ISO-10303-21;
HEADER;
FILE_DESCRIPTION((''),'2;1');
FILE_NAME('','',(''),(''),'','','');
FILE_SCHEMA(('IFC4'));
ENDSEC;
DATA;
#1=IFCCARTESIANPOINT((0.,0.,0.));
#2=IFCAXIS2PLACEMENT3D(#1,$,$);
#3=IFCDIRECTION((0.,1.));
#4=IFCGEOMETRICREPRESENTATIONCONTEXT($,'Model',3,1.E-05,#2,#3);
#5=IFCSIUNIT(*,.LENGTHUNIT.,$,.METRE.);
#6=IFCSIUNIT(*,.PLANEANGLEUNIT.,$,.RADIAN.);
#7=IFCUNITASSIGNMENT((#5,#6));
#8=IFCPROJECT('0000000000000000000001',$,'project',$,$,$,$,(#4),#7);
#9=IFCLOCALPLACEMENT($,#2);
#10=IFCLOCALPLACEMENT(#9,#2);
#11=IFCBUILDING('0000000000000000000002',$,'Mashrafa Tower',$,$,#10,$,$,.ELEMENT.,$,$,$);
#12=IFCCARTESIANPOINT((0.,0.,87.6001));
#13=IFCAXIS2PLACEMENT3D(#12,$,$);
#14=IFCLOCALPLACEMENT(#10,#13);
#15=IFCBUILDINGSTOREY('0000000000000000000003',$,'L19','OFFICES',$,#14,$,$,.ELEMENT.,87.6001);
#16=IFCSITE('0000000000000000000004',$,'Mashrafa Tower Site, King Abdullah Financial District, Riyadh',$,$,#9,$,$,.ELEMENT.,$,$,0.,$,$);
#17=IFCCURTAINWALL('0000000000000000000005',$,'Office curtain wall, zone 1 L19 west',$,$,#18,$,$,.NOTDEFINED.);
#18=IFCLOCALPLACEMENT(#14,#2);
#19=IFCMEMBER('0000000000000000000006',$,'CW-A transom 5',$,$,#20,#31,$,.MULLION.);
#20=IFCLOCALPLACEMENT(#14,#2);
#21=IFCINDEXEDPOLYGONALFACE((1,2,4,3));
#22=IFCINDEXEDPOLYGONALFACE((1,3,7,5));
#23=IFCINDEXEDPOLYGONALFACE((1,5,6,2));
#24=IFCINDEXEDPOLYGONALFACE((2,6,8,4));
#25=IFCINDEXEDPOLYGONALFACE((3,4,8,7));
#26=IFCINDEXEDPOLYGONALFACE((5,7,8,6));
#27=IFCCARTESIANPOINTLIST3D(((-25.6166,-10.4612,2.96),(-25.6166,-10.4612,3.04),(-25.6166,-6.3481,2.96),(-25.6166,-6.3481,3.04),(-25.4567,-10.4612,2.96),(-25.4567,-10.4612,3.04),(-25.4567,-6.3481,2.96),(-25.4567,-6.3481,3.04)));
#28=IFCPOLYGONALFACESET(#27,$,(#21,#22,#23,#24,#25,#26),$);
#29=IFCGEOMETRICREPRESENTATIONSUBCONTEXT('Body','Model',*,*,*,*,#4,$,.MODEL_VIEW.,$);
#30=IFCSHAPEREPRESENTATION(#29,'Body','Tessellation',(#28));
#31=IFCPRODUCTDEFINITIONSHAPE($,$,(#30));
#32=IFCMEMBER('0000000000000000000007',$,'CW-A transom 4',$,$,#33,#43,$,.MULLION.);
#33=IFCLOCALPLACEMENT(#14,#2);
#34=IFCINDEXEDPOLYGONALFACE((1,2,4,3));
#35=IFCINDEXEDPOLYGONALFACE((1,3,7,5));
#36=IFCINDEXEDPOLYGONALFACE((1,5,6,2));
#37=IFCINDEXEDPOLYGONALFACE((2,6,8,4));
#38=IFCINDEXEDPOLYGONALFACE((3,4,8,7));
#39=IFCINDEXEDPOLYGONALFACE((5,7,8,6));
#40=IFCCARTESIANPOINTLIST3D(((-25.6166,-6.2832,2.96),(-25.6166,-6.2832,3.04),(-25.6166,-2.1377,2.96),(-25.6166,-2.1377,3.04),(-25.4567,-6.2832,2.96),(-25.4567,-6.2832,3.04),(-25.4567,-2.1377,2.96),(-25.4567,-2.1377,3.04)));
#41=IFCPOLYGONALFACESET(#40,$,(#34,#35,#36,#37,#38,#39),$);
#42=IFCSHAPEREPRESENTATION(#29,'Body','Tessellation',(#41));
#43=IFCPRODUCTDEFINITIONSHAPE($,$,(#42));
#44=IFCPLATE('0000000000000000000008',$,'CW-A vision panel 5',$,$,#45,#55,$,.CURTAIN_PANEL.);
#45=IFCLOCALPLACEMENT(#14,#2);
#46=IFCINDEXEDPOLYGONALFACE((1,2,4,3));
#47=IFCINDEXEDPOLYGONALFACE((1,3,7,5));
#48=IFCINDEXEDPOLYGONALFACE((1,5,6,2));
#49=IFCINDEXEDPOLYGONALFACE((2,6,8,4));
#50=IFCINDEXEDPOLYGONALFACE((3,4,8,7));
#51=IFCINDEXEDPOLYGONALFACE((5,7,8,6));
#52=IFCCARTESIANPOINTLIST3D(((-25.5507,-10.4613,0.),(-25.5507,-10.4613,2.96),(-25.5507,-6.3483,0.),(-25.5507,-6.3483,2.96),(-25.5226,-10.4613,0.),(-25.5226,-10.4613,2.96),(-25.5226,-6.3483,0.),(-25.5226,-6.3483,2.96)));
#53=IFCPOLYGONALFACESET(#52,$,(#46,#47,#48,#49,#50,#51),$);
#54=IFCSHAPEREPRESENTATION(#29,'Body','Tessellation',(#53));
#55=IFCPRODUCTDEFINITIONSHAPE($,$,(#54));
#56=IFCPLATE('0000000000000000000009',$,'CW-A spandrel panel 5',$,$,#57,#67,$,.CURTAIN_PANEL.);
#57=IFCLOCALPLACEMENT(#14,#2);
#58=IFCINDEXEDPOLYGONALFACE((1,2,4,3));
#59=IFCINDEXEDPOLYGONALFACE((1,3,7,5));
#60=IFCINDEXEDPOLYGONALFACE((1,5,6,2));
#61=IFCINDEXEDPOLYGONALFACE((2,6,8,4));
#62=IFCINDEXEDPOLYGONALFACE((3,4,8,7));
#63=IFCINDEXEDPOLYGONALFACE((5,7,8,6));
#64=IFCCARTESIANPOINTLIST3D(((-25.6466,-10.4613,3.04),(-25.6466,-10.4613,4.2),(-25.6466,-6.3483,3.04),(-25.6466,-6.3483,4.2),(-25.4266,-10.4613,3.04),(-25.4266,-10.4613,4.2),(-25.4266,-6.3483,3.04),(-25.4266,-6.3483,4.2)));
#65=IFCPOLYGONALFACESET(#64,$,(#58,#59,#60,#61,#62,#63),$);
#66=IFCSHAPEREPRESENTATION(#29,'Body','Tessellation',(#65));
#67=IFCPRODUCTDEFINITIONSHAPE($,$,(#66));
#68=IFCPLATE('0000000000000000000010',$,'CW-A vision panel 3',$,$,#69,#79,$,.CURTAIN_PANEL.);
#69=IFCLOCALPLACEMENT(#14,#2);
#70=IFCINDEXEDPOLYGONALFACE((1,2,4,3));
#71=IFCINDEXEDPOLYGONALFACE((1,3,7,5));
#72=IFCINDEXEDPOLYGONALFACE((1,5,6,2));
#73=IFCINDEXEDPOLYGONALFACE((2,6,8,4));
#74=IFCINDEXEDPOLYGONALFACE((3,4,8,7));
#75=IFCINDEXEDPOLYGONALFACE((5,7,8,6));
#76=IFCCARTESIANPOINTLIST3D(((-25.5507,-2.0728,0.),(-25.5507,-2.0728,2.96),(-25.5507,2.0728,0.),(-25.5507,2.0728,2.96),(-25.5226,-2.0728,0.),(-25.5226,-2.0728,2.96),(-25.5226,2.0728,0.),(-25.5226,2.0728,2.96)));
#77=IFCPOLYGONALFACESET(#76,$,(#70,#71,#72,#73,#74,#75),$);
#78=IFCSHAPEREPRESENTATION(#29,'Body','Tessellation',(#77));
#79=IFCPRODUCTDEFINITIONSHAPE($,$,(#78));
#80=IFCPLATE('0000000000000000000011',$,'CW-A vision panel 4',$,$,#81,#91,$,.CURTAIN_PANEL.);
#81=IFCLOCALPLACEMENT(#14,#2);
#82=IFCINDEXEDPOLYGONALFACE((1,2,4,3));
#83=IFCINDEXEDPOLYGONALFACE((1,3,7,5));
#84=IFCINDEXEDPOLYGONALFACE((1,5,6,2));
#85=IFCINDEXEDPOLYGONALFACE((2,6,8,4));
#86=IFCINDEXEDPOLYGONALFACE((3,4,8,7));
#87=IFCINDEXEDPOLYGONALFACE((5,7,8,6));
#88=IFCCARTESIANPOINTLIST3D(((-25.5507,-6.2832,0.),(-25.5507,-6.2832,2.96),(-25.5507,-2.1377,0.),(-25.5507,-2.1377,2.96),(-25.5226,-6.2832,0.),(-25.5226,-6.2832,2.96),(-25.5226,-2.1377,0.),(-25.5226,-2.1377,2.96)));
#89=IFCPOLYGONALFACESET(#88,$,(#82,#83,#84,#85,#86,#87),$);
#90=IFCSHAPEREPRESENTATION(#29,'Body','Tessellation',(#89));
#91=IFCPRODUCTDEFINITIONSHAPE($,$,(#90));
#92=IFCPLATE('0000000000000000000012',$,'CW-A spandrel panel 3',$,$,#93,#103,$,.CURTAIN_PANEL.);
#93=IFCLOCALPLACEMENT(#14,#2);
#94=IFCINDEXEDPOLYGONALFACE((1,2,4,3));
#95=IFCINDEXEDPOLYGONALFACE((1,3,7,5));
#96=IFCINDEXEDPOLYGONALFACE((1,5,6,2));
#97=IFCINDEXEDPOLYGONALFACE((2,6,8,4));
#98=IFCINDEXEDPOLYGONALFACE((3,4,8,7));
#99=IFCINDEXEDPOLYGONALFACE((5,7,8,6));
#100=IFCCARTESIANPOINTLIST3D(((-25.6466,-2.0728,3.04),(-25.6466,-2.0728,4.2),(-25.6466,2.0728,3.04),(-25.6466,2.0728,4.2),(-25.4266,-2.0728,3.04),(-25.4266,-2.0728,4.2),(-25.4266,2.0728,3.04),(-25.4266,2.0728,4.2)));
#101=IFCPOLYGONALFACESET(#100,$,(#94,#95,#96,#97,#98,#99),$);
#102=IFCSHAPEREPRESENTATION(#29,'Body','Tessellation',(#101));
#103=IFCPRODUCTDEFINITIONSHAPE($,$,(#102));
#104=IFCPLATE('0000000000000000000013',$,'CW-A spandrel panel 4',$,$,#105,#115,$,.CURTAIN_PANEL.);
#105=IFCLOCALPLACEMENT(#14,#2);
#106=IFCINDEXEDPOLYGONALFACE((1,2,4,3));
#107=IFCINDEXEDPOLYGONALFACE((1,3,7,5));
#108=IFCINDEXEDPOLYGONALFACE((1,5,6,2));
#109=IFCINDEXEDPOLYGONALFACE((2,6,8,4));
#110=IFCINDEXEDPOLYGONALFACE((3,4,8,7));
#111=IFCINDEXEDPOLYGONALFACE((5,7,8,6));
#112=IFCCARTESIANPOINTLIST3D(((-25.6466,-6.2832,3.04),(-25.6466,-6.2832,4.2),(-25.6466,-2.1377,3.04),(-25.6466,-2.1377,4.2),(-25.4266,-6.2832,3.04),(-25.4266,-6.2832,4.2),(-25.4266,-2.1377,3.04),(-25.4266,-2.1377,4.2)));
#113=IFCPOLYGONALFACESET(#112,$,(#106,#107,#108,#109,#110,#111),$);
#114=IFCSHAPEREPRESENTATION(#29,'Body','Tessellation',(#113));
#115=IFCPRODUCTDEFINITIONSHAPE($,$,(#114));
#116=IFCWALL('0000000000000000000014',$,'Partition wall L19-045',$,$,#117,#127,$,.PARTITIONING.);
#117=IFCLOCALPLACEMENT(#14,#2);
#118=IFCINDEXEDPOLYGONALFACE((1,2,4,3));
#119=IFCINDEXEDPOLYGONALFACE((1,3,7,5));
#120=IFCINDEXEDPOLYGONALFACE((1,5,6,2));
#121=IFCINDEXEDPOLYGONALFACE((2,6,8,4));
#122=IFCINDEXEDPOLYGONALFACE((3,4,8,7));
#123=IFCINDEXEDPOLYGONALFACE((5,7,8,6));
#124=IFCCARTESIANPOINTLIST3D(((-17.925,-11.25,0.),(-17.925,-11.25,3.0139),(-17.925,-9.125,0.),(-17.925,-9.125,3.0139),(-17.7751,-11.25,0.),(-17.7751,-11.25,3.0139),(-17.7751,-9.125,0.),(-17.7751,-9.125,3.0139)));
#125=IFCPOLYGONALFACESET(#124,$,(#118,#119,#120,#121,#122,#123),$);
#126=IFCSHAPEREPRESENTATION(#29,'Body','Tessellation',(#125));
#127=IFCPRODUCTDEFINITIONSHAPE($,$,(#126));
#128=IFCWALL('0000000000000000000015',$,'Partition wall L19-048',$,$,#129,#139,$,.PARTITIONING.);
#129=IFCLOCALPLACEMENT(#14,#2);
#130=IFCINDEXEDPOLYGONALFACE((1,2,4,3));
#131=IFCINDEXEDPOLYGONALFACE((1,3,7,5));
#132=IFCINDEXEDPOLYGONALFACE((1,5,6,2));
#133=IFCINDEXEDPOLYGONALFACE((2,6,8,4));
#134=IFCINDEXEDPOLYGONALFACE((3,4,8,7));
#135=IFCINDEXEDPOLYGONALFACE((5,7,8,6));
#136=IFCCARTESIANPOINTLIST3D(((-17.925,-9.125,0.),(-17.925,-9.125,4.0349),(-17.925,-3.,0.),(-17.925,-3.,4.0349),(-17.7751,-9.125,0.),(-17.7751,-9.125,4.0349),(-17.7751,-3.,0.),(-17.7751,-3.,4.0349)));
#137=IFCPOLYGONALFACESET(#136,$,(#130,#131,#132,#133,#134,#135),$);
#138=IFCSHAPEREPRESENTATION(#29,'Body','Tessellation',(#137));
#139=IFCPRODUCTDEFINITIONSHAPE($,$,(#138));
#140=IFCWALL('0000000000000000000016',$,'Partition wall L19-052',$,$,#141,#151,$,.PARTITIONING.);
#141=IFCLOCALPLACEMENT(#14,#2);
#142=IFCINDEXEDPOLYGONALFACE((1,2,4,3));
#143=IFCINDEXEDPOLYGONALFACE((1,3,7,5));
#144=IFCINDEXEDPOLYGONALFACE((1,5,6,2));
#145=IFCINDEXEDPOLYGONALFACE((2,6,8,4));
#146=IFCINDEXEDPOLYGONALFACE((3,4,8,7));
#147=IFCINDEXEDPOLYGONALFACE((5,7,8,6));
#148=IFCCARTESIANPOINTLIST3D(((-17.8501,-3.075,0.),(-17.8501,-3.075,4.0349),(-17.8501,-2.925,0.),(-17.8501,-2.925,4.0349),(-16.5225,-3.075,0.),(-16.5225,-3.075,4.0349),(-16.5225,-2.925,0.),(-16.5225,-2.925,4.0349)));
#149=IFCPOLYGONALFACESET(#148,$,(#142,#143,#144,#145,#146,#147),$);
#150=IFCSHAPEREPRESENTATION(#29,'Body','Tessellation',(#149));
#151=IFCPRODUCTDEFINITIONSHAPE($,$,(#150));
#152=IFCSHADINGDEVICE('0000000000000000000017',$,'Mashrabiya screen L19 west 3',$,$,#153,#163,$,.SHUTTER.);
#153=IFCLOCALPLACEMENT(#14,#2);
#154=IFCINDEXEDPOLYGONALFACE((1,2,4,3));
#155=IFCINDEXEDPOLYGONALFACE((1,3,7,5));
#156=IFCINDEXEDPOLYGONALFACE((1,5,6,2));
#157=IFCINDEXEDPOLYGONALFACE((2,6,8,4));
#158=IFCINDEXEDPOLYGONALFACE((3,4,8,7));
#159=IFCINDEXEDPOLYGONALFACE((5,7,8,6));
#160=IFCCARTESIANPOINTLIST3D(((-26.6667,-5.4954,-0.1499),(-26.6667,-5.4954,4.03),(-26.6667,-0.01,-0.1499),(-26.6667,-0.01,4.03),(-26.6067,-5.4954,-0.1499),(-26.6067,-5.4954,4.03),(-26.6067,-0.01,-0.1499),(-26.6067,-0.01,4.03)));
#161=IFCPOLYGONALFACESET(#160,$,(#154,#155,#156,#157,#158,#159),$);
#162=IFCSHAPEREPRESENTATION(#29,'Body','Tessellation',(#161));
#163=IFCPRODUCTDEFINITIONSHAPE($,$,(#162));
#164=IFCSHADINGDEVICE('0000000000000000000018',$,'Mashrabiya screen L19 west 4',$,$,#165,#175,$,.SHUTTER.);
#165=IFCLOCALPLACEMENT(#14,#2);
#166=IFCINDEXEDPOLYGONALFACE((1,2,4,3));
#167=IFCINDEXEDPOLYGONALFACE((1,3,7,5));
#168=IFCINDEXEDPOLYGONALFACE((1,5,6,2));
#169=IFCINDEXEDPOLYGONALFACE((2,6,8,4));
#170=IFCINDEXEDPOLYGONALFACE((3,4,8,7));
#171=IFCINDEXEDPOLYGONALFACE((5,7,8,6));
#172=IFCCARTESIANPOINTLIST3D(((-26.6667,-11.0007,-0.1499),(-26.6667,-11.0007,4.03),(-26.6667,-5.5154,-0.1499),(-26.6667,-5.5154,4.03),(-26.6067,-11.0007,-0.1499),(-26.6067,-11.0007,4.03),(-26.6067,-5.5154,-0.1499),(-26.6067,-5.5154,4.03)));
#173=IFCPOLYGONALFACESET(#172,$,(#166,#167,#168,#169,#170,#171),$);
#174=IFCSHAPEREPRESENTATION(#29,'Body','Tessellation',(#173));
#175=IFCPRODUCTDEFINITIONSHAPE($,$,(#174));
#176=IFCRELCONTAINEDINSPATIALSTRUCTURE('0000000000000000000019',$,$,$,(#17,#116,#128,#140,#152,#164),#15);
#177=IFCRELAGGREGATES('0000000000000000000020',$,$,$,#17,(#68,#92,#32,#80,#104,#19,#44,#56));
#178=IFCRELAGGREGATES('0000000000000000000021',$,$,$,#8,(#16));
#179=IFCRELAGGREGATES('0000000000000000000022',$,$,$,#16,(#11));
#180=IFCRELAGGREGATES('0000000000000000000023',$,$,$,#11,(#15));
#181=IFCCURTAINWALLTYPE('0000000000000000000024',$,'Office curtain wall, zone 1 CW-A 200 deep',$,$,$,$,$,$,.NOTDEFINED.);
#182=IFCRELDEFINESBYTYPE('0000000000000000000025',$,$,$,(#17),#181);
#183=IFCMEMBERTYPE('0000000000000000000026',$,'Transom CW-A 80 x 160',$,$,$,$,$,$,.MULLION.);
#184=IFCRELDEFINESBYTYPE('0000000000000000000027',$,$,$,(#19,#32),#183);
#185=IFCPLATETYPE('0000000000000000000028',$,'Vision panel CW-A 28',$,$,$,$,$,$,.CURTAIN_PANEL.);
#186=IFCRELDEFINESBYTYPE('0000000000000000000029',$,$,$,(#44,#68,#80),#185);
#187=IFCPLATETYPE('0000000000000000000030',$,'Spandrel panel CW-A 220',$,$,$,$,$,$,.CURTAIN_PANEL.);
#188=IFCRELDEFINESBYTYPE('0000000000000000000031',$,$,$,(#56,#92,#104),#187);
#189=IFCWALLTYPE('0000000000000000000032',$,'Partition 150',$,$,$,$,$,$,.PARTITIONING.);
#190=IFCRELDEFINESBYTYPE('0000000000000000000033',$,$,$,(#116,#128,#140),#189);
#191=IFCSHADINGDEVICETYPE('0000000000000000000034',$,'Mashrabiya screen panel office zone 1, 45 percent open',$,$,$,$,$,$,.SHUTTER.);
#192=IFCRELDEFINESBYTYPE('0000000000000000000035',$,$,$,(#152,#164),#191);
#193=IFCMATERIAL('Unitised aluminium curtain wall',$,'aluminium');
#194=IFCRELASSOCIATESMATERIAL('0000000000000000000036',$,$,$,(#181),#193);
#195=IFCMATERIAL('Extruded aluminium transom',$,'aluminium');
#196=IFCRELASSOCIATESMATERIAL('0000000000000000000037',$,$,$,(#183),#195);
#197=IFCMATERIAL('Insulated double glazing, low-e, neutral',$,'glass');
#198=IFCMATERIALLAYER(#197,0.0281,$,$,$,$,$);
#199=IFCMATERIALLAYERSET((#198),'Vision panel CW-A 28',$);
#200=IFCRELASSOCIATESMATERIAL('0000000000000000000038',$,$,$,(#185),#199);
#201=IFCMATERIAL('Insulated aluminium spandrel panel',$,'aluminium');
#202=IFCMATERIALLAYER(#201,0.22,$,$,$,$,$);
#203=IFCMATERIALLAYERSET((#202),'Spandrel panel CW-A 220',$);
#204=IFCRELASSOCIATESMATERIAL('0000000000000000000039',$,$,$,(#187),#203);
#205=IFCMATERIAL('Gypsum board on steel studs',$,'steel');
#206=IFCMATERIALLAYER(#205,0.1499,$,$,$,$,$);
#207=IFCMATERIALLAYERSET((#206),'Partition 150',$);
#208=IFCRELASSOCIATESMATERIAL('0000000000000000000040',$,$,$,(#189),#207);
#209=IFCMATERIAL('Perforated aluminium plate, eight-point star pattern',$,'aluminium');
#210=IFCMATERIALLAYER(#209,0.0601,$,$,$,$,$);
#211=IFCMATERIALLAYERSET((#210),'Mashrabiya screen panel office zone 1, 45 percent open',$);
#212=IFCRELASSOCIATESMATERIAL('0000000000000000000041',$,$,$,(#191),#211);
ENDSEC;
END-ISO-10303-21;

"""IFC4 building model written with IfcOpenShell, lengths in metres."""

from ifc_helpers import new_model, si_unit, direction, frame, frame_2d, origin, origin_2d, place, context, subcontext, project, spatial, rectangle, extrude, source, transform, mapped, material, layer, layer_set, material_profile, profile_set, type_object, type_shapes, element, aggregate, save


model = new_model("IFC4")

# Units and contexts
model_context = context("Model", 3, precision=1e-05, world=origin(), true_north=direction((0.0, 1.0)))
body_context = subcontext(model_context, "Body", "Model", "MODEL_VIEW")
ifc_project = project(units=[si_unit("LENGTHUNIT", "METRE"), si_unit("PLANEANGLEUNIT", "RADIAN")], contexts=[model_context])

# Site, building, storey
site_placement = place(None, origin())
site = spatial("IfcSite", under=ifc_project, at=site_placement, Name="Mashrafa Tower Site, King Abdullah Financial District, Riyadh", CompositionType="ELEMENT", RefElevation=0.0)
building_placement = place(site_placement, origin())
building = spatial("IfcBuilding", under=site, at=building_placement, Name="Mashrafa Tower", CompositionType="ELEMENT")
storey_placement = place(building_placement, frame((0.0, 0.0, 87.6001)))
storey = spatial("IfcBuildingStorey", under=building, at=storey_placement, Name="L19", Description="OFFICES", CompositionType="ELEMENT", Elevation=87.6001)

# Curtain wall, members, plates
ifc_material_1 = material(Name="Unitised aluminium curtain wall", Category="aluminium")
curtain_wall_type = type_object("IfcCurtainWallType", Name="Office curtain wall, zone 1 CW-A 200 deep", PredefinedType="NOTDEFINED", material=ifc_material_1)
curtain_wall_placement = place(storey_placement, origin())
curtain_wall = element("IfcCurtainWall", 1, at=curtain_wall_placement, inside=storey, type_object=curtain_wall_type, Name="Office curtain wall, zone 1 L19 west", PredefinedType="NOTDEFINED")
ifc_material_2 = material(Name="Extruded aluminium transom", Category="aluminium")
ifc_material_profile_1 = material_profile(ifc_material_2, rectangle(XDim=0.1599, YDim=0.0801, at=origin_2d()), Name="Transom 80x160")
ifc_profile_set_1 = profile_set([ifc_material_profile_1], Name="Extruded aluminium transom")
member_type_1 = type_object("IfcMemberType", Name="Transom CW-A 80 x 160", PredefinedType="MULLION", material=ifc_profile_set_1)
shared_shape_1 = source(origin(), body_context, "Body", "SweptSolid", [
    extrude(rectangle(XDim=0.1599, YDim=0.0801, at=origin_2d()), origin(), (0.0, 0.0, 1.0), 4.113),
])
member_1_placement = place(storey_placement, frame((-25.5366, -6.3481, 3.0), z_axis=(0.0, -1.0, 0.0), x_axis=(1.0, 0.0, 0.0)))
member_1 = element("IfcMember", 2, at=member_1_placement, type_object=member_type_1, Name="CW-A transom 5", PredefinedType="MULLION", context=body_context, shape_type="MappedRepresentation", body=[
    mapped(shared_shape_1, transform((0.0, 0.0, 0.0))),
])
shared_shape_2 = source(origin(), body_context, "Body", "SweptSolid", [
    extrude(rectangle(XDim=0.1599, YDim=0.0801, at=origin_2d()), origin(), (0.0, 0.0, 1.0), 4.1455),
])
type_shapes(member_type_1, [shared_shape_1, shared_shape_2])
member_2_placement = place(storey_placement, frame((-25.5366, -2.1377, 3.0), z_axis=(0.0, -1.0, 0.0), x_axis=(1.0, 0.0, 0.0)))
member_2 = element("IfcMember", 3, at=member_2_placement, type_object=member_type_1, Name="CW-A transom 4", PredefinedType="MULLION", context=body_context, shape_type="MappedRepresentation", body=[
    mapped(shared_shape_2, transform((0.0, 0.0, 0.0))),
])
ifc_material_3 = material(Name="Insulated double glazing, low-e, neutral", Category="glass")
ifc_layer_1 = layer(ifc_material_3, 0.0281)
ifc_layer_set_1 = layer_set([ifc_layer_1], Name="Vision panel CW-A 28")
plate_type_1 = type_object("IfcPlateType", Name="Vision panel CW-A 28", PredefinedType="CURTAIN_PANEL", material=ifc_layer_set_1)
shared_shape_3 = source(origin(), body_context, "Body", "SweptSolid", [
    extrude(rectangle(XDim=4.113, YDim=0.0281, at=origin_2d()), origin(), (0.0, 0.0, 1.0), 2.96),
])
plate_1_placement = place(storey_placement, frame((-25.5366, -8.4048, 0.0), z_axis=(0.0, 0.0, 1.0), x_axis=(0.0, -1.0, 0.0)))
plate_1 = element("IfcPlate", 4, at=plate_1_placement, type_object=plate_type_1, Name="CW-A vision panel 5", PredefinedType="CURTAIN_PANEL", context=body_context, shape_type="MappedRepresentation", body=[
    mapped(shared_shape_3, transform((0.0, 0.0, 0.0))),
])
ifc_material_4 = material(Name="Insulated aluminium spandrel panel", Category="aluminium")
ifc_layer_2 = layer(ifc_material_4, 0.22)
ifc_layer_set_2 = layer_set([ifc_layer_2], Name="Spandrel panel CW-A 220")
plate_type_2 = type_object("IfcPlateType", Name="Spandrel panel CW-A 220", PredefinedType="CURTAIN_PANEL", material=ifc_layer_set_2)
shared_shape_4 = source(origin(), body_context, "Body", "SweptSolid", [
    extrude(rectangle(XDim=4.113, YDim=0.22, at=origin_2d()), origin(), (0.0, 0.0, 1.0), 1.1599),
])
plate_2_placement = place(storey_placement, frame((-25.5366, -8.4048, 3.04), z_axis=(0.0, 0.0, 1.0), x_axis=(0.0, -1.0, 0.0)))
plate_2 = element("IfcPlate", 5, at=plate_2_placement, type_object=plate_type_2, Name="CW-A spandrel panel 5", PredefinedType="CURTAIN_PANEL", context=body_context, shape_type="MappedRepresentation", body=[
    mapped(shared_shape_4, transform((0.0, 0.0, 0.0))),
])
shared_shape_5 = source(origin(), body_context, "Body", "SweptSolid", [
    extrude(rectangle(XDim=4.1455, YDim=0.0281, at=origin_2d()), origin(), (0.0, 0.0, 1.0), 2.96),
])
type_shapes(plate_type_1, [shared_shape_3, shared_shape_5])
plate_3_placement = place(storey_placement, frame((-25.5366, 0.0, 0.0), z_axis=(0.0, 0.0, 1.0), x_axis=(0.0, -1.0, 0.0)))
plate_3 = element("IfcPlate", 6, at=plate_3_placement, type_object=plate_type_1, Name="CW-A vision panel 3", PredefinedType="CURTAIN_PANEL", context=body_context, shape_type="MappedRepresentation", body=[
    mapped(shared_shape_5, transform((0.0, 0.0, 0.0))),
])
plate_4_placement = place(storey_placement, frame((-25.5366, -4.2104, 0.0), z_axis=(0.0, 0.0, 1.0), x_axis=(0.0, -1.0, 0.0)))
plate_4 = element("IfcPlate", 7, at=plate_4_placement, type_object=plate_type_1, Name="CW-A vision panel 4", PredefinedType="CURTAIN_PANEL", context=body_context, shape_type="MappedRepresentation", body=[
    mapped(shared_shape_5, transform((0.0, 0.0, 0.0))),
])
shared_shape_6 = source(origin(), body_context, "Body", "SweptSolid", [
    extrude(rectangle(XDim=4.1455, YDim=0.22, at=origin_2d()), origin(), (0.0, 0.0, 1.0), 1.1599),
])
type_shapes(plate_type_2, [shared_shape_4, shared_shape_6])
plate_5_placement = place(storey_placement, frame((-25.5366, 0.0, 3.04), z_axis=(0.0, 0.0, 1.0), x_axis=(0.0, -1.0, 0.0)))
plate_5 = element("IfcPlate", 8, at=plate_5_placement, type_object=plate_type_2, Name="CW-A spandrel panel 3", PredefinedType="CURTAIN_PANEL", context=body_context, shape_type="MappedRepresentation", body=[
    mapped(shared_shape_6, transform((0.0, 0.0, 0.0))),
])
plate_6_placement = place(storey_placement, frame((-25.5366, -4.2104, 3.04), z_axis=(0.0, 0.0, 1.0), x_axis=(0.0, -1.0, 0.0)))
plate_6 = element("IfcPlate", 9, at=plate_6_placement, type_object=plate_type_2, Name="CW-A spandrel panel 4", PredefinedType="CURTAIN_PANEL", context=body_context, shape_type="MappedRepresentation", body=[
    mapped(shared_shape_6, transform((0.0, 0.0, 0.0))),
])
aggregate(curtain_wall, [plate_3, plate_5, member_2, plate_4, plate_6, member_1, plate_1, plate_2])

# Walls
ifc_material_5 = material(Name="Gypsum board on steel studs", Category="steel")
ifc_layer_3 = layer(ifc_material_5, 0.1499)
ifc_layer_set_3 = layer_set([ifc_layer_3], Name="Partition 150")
wall_type = type_object("IfcWallType", Name="Partition 150", PredefinedType="PARTITIONING", material=ifc_layer_set_3)
wall_1_placement = place(storey_placement, frame((-17.8501, -9.125, 0.0), z_axis=(0.0, 0.0, 1.0), x_axis=(0.0, -1.0, 0.0)))
element("IfcWall", 10, at=wall_1_placement, inside=storey, type_object=wall_type, Name="Partition wall L19-045", PredefinedType="PARTITIONING", context=body_context, shape_type="SweptSolid", body=[
    extrude(rectangle(XDim=2.125, YDim=0.1499, at=frame_2d((1.0625, 0.0))), origin(), (0.0, 0.0, 1.0), 3.0139),
])
wall_2_placement = place(storey_placement, frame((-17.8501, -9.125, 0.0), z_axis=(0.0, 0.0, 1.0), x_axis=(0.0, 1.0, 0.0)))
element("IfcWall", 11, at=wall_2_placement, inside=storey, type_object=wall_type, Name="Partition wall L19-048", PredefinedType="PARTITIONING", context=body_context, shape_type="SweptSolid", body=[
    extrude(rectangle(XDim=6.125, YDim=0.1499, at=frame_2d((3.0625, 0.0))), origin(), (0.0, 0.0, 1.0), 4.0349),
])
wall_3_placement = place(storey_placement, frame((-16.5225, -3.0, 0.0), z_axis=(0.0, 0.0, 1.0), x_axis=(-1.0, 0.0, 0.0)))
element("IfcWall", 12, at=wall_3_placement, inside=storey, type_object=wall_type, Name="Partition wall L19-052", PredefinedType="PARTITIONING", context=body_context, shape_type="SweptSolid", body=[
    extrude(rectangle(XDim=1.3276, YDim=0.1499, at=frame_2d((0.6638, 0.0))), origin(), (0.0, 0.0, 1.0), 4.0349),
])

# Shading devices
ifc_material_6 = material(Name="Perforated aluminium plate, eight-point star pattern", Category="aluminium")
ifc_layer_4 = layer(ifc_material_6, 0.0601)
ifc_layer_set_4 = layer_set([ifc_layer_4], Name="Mashrabiya screen panel office zone 1, 45 percent open")
shading_device_type = type_object("IfcShadingDeviceType", Name="Mashrabiya screen panel office zone 1, 45 percent open", PredefinedType="SHUTTER", material=ifc_layer_set_4)
shared_shape_7 = source(origin(), body_context, "Body", "SweptSolid", [
    extrude(rectangle(XDim=5.4854, YDim=0.0601, at=origin_2d()), origin(), (0.0, 0.0, 1.0), 4.1799),
])
type_shapes(shading_device_type, [shared_shape_7])
for number, where, z_axis, x_axis, name in (
    (13, (-26.6367, -2.7527, -0.1499), (0.0, 0.0, 1.0), (0.0, -1.0, 0.0), "Mashrabiya screen L19 west 3"),
    (14, (-26.6367, -8.2581, -0.1499), (0.0, 0.0, 1.0), (0.0, -1.0, 0.0), "Mashrabiya screen L19 west 4"),
):
    element("IfcShadingDevice", number, at=place(storey_placement, frame(where, z_axis=z_axis, x_axis=x_axis)), inside=storey, type_object=shading_device_type, Name=name, PredefinedType="SHUTTER", context=body_context, shape_type="MappedRepresentation", body=[
        mapped(shared_shape_7, transform((0.0, 0.0, 0.0))),
    ])

save(model, "model.ifc")
